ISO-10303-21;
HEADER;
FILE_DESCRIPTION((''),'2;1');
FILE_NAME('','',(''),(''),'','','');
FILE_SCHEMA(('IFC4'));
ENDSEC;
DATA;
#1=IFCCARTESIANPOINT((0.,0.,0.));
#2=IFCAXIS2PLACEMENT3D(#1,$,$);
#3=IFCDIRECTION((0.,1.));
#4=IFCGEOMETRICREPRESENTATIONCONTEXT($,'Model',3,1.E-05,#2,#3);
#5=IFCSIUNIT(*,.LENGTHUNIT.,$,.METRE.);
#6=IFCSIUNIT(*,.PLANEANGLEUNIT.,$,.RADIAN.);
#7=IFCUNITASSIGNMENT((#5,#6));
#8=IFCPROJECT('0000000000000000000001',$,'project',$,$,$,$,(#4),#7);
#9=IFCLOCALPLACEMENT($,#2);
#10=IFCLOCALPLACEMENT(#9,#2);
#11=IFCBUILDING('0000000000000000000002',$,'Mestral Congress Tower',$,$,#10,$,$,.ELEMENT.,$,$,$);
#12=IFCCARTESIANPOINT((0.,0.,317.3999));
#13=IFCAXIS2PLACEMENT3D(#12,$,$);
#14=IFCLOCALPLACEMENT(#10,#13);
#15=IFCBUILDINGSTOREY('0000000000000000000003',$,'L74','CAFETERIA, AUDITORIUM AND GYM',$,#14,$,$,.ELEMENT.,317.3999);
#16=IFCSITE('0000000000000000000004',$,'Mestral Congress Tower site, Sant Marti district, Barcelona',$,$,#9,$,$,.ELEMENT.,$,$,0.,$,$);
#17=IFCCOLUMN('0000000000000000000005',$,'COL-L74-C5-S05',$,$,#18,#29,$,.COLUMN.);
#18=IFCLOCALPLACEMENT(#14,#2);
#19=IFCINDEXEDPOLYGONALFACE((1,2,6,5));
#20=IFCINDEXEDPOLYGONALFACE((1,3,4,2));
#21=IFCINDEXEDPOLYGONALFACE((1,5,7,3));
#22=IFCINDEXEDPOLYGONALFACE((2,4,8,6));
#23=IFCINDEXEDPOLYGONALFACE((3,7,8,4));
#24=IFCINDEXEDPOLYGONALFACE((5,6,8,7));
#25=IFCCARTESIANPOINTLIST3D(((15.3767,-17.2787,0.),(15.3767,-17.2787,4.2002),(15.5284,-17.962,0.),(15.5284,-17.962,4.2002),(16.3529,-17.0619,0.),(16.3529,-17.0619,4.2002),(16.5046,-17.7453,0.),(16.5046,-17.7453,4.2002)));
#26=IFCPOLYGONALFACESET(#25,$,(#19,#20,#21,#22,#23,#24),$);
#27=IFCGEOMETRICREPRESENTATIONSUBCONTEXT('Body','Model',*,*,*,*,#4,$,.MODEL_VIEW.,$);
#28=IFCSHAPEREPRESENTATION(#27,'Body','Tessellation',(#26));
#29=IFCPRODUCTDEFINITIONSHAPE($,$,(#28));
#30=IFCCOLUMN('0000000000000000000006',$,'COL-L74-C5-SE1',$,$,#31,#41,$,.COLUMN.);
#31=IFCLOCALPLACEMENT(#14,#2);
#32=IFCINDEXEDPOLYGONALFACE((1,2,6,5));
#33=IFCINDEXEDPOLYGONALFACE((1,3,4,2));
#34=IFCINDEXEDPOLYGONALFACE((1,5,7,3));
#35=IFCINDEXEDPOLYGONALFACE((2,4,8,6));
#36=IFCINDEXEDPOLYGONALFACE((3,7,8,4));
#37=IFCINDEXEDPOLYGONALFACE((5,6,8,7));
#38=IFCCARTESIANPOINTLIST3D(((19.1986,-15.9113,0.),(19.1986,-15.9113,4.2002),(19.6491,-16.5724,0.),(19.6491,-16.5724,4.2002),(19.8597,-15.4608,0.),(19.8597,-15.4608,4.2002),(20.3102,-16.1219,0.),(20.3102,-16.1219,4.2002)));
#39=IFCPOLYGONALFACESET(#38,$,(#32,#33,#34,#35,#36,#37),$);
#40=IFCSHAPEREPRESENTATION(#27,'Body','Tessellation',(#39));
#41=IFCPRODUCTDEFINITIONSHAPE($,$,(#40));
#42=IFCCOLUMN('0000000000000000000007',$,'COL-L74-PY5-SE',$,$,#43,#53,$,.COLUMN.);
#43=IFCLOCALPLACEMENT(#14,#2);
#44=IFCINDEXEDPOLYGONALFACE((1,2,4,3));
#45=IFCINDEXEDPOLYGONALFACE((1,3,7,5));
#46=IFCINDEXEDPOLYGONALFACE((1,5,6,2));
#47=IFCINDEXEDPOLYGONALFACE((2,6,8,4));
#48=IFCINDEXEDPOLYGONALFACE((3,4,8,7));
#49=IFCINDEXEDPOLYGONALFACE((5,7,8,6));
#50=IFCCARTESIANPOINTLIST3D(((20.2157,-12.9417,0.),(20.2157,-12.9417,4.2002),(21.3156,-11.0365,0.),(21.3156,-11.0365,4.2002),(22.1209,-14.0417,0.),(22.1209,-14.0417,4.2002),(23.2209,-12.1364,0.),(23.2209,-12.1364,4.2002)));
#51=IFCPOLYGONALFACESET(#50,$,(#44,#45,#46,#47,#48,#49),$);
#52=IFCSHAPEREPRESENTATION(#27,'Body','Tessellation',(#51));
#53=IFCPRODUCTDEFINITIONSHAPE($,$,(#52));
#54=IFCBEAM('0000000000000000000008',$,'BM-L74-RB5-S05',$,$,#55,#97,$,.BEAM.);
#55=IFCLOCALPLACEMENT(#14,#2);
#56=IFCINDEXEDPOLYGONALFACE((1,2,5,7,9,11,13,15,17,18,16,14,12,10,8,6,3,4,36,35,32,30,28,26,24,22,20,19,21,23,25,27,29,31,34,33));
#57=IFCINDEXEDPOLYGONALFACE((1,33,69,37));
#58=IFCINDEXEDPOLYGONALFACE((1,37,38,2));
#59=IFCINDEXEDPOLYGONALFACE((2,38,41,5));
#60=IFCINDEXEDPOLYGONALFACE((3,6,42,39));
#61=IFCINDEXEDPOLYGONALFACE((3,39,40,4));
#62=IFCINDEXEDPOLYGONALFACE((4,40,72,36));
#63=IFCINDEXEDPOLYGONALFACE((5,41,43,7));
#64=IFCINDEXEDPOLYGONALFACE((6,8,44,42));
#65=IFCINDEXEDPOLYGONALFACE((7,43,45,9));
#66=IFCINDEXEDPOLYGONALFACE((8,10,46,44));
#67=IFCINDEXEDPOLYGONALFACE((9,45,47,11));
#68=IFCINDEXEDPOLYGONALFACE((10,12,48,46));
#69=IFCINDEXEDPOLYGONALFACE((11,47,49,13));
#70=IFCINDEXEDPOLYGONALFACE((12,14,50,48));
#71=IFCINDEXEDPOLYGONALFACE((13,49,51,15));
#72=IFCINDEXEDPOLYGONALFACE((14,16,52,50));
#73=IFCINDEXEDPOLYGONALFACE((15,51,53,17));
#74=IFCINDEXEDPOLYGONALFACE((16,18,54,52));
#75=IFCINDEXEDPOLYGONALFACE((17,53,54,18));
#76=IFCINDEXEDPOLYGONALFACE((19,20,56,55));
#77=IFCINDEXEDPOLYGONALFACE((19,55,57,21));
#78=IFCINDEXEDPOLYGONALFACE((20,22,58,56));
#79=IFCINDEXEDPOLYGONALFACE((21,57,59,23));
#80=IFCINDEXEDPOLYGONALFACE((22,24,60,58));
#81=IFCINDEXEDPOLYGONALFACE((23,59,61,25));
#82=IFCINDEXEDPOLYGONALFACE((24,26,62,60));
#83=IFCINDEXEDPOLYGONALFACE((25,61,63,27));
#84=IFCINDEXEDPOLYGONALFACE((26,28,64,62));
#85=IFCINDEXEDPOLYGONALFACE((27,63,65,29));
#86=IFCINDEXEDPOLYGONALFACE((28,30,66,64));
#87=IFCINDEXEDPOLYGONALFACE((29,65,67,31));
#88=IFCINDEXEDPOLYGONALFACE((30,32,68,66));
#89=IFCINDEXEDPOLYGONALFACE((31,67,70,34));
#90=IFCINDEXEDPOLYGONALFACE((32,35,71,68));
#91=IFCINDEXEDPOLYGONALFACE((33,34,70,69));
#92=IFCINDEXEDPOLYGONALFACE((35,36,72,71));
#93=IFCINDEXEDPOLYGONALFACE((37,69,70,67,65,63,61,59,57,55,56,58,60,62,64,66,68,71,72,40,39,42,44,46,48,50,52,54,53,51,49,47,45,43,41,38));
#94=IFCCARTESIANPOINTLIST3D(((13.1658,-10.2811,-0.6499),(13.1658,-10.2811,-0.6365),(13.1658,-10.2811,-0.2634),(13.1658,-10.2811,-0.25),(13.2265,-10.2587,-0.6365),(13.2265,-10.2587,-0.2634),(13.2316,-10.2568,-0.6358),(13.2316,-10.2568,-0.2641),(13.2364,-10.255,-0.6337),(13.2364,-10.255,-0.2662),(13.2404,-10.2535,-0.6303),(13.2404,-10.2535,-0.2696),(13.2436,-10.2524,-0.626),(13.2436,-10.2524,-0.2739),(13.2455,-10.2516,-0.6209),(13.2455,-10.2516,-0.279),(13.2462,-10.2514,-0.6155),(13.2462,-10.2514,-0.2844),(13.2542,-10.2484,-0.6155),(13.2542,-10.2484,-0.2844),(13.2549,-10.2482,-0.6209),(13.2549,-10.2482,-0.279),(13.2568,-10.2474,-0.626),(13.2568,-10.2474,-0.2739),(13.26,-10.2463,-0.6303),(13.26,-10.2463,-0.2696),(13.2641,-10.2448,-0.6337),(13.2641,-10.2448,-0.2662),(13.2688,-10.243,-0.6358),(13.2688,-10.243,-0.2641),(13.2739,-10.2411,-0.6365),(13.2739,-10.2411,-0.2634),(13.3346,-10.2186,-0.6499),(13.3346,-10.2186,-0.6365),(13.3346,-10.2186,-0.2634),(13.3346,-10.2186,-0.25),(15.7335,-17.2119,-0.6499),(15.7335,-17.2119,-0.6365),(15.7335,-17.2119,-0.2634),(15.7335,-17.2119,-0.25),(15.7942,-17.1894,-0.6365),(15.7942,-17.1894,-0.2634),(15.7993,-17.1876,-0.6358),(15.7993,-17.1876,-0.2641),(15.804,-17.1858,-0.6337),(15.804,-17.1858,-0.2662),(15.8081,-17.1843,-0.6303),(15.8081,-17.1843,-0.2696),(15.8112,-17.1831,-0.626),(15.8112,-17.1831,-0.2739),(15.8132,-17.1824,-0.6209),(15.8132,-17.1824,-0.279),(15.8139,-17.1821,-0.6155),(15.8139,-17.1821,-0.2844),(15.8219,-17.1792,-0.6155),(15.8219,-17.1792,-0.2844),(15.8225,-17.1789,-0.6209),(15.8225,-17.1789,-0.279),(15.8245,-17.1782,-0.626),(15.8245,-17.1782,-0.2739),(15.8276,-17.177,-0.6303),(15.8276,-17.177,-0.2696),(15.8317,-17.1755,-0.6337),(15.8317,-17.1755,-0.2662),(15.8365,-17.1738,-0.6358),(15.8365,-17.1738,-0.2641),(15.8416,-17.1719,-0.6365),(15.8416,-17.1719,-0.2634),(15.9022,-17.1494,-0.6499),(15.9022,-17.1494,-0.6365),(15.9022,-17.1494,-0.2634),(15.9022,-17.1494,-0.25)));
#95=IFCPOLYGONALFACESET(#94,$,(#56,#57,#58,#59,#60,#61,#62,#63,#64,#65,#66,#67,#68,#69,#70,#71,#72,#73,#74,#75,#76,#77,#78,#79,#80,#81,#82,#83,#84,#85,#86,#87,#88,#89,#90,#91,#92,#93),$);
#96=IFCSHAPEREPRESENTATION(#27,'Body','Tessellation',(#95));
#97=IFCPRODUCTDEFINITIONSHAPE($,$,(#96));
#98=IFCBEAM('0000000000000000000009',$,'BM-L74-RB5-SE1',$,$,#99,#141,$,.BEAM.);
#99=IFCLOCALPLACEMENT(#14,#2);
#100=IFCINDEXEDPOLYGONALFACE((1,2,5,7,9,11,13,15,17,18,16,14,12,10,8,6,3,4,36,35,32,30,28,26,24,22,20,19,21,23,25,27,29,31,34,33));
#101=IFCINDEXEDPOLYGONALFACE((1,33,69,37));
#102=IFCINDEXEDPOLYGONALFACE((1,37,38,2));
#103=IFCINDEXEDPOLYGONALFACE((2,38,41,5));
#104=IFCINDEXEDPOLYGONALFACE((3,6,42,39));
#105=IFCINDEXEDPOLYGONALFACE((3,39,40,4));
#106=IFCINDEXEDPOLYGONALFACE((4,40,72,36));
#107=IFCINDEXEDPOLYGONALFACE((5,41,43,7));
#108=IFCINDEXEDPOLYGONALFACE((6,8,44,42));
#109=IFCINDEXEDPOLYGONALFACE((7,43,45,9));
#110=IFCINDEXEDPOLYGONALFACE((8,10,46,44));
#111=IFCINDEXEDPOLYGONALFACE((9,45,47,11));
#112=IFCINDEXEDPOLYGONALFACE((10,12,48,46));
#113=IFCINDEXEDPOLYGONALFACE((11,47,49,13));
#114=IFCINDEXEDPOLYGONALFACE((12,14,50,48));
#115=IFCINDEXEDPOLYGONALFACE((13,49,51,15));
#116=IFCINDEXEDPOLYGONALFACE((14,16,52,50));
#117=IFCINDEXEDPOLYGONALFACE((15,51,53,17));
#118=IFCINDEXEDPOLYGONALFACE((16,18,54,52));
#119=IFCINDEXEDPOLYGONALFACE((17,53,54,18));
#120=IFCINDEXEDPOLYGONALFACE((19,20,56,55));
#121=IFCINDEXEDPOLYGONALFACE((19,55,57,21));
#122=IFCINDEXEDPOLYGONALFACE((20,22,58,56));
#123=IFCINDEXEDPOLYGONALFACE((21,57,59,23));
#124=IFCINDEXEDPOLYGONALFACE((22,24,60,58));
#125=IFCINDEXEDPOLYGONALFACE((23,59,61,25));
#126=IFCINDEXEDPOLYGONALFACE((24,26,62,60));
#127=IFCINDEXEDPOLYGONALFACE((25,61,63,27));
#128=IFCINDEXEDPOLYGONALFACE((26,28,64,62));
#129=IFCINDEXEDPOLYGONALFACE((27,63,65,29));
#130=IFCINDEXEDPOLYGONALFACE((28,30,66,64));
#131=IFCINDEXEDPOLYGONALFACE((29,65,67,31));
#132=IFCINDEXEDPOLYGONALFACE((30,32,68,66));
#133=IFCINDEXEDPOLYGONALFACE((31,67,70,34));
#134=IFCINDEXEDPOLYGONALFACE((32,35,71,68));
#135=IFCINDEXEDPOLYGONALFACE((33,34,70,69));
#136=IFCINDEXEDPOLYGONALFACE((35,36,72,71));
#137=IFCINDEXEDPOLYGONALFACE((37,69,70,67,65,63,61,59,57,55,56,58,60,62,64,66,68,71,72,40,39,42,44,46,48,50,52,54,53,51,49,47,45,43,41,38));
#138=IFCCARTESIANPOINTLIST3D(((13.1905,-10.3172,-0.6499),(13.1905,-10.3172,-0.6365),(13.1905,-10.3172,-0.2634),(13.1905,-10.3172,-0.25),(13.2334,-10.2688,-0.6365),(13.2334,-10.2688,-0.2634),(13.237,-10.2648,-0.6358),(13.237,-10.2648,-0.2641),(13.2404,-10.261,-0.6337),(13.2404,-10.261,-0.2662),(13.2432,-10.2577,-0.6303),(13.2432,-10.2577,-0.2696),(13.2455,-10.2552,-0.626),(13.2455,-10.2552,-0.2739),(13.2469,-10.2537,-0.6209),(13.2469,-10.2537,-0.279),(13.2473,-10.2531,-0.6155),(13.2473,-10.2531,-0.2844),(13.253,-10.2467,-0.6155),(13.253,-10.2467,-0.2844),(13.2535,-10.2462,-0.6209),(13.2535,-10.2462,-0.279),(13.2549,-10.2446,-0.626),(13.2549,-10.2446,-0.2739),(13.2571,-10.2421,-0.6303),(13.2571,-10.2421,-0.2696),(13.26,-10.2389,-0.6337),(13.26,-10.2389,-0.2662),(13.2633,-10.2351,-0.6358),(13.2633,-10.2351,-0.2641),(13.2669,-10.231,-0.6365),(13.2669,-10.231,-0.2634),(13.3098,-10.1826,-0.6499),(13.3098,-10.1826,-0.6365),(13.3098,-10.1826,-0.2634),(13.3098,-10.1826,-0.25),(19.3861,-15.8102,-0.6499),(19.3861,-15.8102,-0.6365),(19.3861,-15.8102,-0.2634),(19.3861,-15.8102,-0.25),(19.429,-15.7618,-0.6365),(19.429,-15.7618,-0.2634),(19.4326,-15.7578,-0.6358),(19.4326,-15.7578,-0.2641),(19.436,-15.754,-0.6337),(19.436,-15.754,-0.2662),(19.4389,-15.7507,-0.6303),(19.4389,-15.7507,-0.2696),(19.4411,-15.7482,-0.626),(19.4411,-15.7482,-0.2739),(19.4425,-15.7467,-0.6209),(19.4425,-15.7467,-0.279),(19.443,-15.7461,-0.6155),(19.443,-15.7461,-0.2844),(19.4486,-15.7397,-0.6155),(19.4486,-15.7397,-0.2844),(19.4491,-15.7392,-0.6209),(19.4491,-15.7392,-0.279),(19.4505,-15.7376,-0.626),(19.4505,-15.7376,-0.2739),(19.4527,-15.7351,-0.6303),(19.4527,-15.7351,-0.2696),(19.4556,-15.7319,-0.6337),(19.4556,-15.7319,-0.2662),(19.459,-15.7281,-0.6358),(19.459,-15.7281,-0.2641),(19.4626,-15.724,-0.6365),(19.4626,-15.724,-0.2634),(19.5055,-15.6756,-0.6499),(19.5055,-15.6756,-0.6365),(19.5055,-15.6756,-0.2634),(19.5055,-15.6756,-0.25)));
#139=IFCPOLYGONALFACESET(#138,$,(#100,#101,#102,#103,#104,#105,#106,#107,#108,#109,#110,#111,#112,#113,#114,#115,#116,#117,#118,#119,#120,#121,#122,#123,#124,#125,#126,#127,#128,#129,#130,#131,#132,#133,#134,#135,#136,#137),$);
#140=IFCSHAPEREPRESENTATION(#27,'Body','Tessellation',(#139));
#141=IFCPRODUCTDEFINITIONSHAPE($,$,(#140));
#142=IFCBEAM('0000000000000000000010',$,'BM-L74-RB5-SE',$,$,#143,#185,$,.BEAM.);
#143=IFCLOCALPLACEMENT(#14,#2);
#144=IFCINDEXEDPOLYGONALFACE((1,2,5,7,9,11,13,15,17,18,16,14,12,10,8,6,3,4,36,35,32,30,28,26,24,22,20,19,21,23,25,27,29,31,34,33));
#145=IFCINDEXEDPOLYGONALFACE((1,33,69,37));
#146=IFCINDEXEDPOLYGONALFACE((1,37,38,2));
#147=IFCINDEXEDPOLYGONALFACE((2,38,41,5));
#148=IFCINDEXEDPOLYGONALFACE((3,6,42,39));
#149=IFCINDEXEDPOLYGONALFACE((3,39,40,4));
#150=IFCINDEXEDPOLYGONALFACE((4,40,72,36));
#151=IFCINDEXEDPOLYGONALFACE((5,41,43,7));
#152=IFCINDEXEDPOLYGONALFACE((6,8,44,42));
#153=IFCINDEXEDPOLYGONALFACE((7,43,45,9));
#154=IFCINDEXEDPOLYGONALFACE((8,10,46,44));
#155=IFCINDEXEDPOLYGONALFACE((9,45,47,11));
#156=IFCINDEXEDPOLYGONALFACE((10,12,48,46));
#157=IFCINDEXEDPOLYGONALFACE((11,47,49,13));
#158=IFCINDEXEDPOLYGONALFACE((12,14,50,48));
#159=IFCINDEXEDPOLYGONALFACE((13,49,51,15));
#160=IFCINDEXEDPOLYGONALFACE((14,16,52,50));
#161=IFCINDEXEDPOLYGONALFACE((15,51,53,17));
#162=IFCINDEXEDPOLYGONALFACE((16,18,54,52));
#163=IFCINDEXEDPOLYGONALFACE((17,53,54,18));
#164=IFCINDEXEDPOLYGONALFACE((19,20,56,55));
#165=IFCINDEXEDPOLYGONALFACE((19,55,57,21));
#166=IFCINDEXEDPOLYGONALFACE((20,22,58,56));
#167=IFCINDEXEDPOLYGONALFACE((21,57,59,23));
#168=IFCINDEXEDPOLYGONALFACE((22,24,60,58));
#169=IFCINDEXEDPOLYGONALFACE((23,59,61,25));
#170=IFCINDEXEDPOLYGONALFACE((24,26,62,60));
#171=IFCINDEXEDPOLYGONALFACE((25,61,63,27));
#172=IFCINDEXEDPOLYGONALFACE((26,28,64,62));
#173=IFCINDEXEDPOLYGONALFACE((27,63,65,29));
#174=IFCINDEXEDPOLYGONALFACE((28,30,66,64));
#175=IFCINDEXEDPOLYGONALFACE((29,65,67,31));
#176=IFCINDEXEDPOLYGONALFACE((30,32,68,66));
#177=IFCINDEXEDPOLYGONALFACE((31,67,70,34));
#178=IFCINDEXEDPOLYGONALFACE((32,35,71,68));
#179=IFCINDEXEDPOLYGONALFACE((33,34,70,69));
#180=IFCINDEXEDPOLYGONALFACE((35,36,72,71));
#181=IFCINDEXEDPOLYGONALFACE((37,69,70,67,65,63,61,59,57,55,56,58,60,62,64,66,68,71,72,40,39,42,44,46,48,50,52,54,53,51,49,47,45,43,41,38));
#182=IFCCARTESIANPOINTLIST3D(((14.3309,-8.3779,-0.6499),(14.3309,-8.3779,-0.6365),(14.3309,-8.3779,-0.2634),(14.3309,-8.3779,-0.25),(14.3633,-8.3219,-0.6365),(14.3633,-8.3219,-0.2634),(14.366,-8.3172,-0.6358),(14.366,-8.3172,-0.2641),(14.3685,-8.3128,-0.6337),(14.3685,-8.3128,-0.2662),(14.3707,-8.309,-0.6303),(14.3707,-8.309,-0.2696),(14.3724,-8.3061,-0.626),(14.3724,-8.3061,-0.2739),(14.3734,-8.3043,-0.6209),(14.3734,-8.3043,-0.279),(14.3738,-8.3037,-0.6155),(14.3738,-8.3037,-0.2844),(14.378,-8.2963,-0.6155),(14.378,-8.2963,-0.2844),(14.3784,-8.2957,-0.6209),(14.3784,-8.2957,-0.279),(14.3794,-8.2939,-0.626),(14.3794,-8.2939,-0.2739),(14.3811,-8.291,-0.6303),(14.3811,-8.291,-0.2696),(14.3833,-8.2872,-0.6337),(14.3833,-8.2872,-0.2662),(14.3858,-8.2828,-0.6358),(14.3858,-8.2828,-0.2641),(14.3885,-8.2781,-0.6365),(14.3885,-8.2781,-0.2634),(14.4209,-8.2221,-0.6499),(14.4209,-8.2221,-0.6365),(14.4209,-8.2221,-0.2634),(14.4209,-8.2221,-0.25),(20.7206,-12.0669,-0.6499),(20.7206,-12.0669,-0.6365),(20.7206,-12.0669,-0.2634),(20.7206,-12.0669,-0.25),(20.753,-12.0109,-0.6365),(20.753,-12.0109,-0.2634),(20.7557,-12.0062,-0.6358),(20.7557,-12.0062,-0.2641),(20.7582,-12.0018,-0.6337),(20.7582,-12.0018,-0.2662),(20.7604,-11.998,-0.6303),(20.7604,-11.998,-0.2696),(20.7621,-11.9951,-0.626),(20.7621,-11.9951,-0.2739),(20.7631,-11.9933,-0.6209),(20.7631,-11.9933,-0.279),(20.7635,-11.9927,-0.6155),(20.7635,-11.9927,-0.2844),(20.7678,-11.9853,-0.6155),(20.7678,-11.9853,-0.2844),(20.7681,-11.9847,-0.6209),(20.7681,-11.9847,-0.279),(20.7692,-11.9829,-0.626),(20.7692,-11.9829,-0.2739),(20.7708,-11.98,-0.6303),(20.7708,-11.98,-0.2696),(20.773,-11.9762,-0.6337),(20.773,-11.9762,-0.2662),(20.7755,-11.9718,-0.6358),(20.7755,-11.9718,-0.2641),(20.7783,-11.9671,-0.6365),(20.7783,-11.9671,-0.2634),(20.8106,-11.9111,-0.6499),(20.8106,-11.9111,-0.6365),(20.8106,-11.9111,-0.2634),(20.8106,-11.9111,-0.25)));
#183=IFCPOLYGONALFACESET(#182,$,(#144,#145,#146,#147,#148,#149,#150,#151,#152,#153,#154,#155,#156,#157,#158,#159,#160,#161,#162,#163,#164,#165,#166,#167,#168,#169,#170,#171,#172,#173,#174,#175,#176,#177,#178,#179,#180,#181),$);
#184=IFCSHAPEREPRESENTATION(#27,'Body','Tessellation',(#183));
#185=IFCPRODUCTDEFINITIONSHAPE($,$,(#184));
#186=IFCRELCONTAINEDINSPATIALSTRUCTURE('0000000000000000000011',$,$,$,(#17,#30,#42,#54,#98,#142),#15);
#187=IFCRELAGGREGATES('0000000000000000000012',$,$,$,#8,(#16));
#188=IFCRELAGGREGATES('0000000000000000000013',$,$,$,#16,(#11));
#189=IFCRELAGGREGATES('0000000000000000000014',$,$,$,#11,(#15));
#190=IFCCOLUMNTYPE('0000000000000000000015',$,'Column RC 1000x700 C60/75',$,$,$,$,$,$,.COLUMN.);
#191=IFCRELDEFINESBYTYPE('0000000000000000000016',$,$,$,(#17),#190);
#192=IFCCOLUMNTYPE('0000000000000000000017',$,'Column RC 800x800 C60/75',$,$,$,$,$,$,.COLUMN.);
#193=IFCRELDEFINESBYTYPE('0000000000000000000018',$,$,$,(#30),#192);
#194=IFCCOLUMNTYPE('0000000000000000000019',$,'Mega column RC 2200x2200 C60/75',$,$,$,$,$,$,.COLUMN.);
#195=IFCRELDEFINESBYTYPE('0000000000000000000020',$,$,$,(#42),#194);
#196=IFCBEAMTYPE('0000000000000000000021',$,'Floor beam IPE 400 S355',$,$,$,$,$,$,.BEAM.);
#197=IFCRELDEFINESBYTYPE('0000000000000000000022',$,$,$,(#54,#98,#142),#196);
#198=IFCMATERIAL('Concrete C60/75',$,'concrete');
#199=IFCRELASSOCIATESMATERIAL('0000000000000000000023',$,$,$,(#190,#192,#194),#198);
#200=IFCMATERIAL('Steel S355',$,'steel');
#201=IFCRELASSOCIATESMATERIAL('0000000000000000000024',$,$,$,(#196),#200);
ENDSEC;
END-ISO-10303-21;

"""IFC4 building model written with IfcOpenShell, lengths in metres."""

from ifc_helpers import new_model, si_unit, direction, frame, origin, origin_2d, place, context, subcontext, project, spatial, rectangle, i_section, extrude, material, material_profile, profile_set, type_object, element, save


model = new_model("IFC4")

# Units and contexts
model_context = context("Model", 3, precision=1e-05, world=origin(), true_north=direction((0.0, 1.0)))
body_context = subcontext(model_context, "Body", "Model", "MODEL_VIEW")
ifc_project = project(units=[si_unit("LENGTHUNIT", "METRE"), si_unit("PLANEANGLEUNIT", "RADIAN")], contexts=[model_context])

# Site, building, storey
site_placement = place(None, origin())
site = spatial("IfcSite", under=ifc_project, at=site_placement, Name="Mestral Congress Tower site, Sant Marti district, Barcelona", CompositionType="ELEMENT", RefElevation=0.0)
building_placement = place(site_placement, origin())
building = spatial("IfcBuilding", under=site, at=building_placement, Name="Mestral Congress Tower", CompositionType="ELEMENT")
storey_placement = place(building_placement, frame((0.0, 0.0, 317.3999)))
storey = spatial("IfcBuildingStorey", under=building, at=storey_placement, Name="L74", Description="CAFETERIA, AUDITORIUM AND GYM", CompositionType="ELEMENT", Elevation=317.3999)

# Columns
ifc_material_1 = material(Name="Concrete C60/75", Category="concrete")
ifc_material_profile_1 = material_profile(ifc_material_1, rectangle(XDim=1.0, YDim=0.7, at=origin_2d()), Name="RC 1000x700")
ifc_profile_set_1 = profile_set([ifc_material_profile_1], Name="Concrete C60/75")
column_type_1 = type_object("IfcColumnType", Name="Column RC 1000x700 C60/75", PredefinedType="COLUMN", material=ifc_profile_set_1)
column_1_placement = place(storey_placement, frame((15.9407, -17.512, 0.0), z_axis=(0.0, 0.0, 1.0), x_axis=(0.976234, 0.216721, 0.0)))
element("IfcColumn", 1, at=column_1_placement, inside=storey, type_object=column_type_1, Name="COL-L74-C5-S05", PredefinedType="COLUMN", context=body_context, shape_type="SweptSolid", body=[
    extrude(rectangle(XDim=1.0, YDim=0.7, at=origin_2d()), origin(), (0.0, 0.0, 1.0), 4.2002),
])
ifc_material_profile_2 = material_profile(ifc_material_1, rectangle(XDim=0.8, YDim=0.8, at=origin_2d()), Name="RC 800x800")
ifc_profile_set_2 = profile_set([ifc_material_profile_2], Name="Concrete C60/75")
column_type_2 = type_object("IfcColumnType", Name="Column RC 800x800 C60/75", PredefinedType="COLUMN", material=ifc_profile_set_2)
column_2_placement = place(storey_placement, frame((19.7544, -16.0166, 0.0), z_axis=(0.0, 0.0, 1.0), x_axis=(0.826363, 0.563138, 0.0)))
element("IfcColumn", 2, at=column_2_placement, inside=storey, type_object=column_type_2, Name="COL-L74-C5-SE1", PredefinedType="COLUMN", context=body_context, shape_type="SweptSolid", body=[
    extrude(rectangle(XDim=0.8, YDim=0.8, at=origin_2d()), origin(), (0.0, 0.0, 1.0), 4.2002),
])
ifc_material_profile_3 = material_profile(ifc_material_1, rectangle(XDim=2.2, YDim=2.2, at=origin_2d()), Name="RC 2200x2200")
ifc_profile_set_3 = profile_set([ifc_material_profile_3], Name="Concrete C60/75")
column_type_3 = type_object("IfcColumnType", Name="Mega column RC 2200x2200 C60/75", PredefinedType="COLUMN", material=ifc_profile_set_3)
column_3_placement = place(storey_placement, frame((21.7183, -12.5391, 0.0), z_axis=(0.0, 0.0, 1.0), x_axis=(0.866025, -0.5, 0.0)))
element("IfcColumn", 3, at=column_3_placement, inside=storey, type_object=column_type_3, Name="COL-L74-PY5-SE", PredefinedType="COLUMN", context=body_context, shape_type="SweptSolid", body=[
    extrude(rectangle(XDim=2.2, YDim=2.2, at=origin_2d()), origin(), (0.0, 0.0, 1.0), 4.2002),
])

# Beams
ifc_material_2 = material(Name="Steel S355", Category="steel")
ifc_material_profile_4 = material_profile(ifc_material_2, i_section(OverallWidth=0.1799, OverallDepth=0.3999, WebThickness=0.0085, FlangeThickness=0.0134, FilletRadius=0.021, at=origin_2d()), Name="IPE 400")
ifc_profile_set_4 = profile_set([ifc_material_profile_4], Name="Steel S355")
beam_type_1 = type_object("IfcBeamType", Name="Floor beam IPE 400 S355", PredefinedType="BEAM", material=ifc_profile_set_4)
beam_1_placement = place(storey_placement, frame((15.8179, -17.1807, -0.45), z_axis=(-0.347399, 0.937717, 0.0), x_axis=(-0.937717, -0.347399, 0.0)))
element("IfcBeam", 4, at=beam_1_placement, inside=storey, type_object=beam_type_1, Name="BM-L74-RB5-S05", PredefinedType="BEAM", context=body_context, shape_type="SweptSolid", body=[
    extrude(i_section(OverallWidth=0.1799, OverallDepth=0.3999, WebThickness=0.0085, FlangeThickness=0.0134, FilletRadius=0.021, at=origin_2d()), origin(), (0.0, 0.0, 1.0), 7.3911),
])
beam_2_placement = place(storey_placement, frame((19.4458, -15.7429, -0.45), z_axis=(-0.748263, 0.663402, 0.0), x_axis=(-0.663402, -0.748263, 0.0)))
element("IfcBeam", 5, at=beam_2_placement, inside=storey, type_object=beam_type_1, Name="BM-L74-RB5-SE1", PredefinedType="BEAM", context=body_context, shape_type="SweptSolid", body=[
    extrude(i_section(OverallWidth=0.1799, OverallDepth=0.3999, WebThickness=0.0085, FlangeThickness=0.0134, FilletRadius=0.021, at=origin_2d()), origin(), (0.0, 0.0, 1.0), 8.28),
])
beam_3_placement = place(storey_placement, frame((20.7656, -11.989, -0.45), z_axis=(-0.866031, 0.49999, 0.0), x_axis=(-0.49999, -0.866031, 0.0)))
element("IfcBeam", 6, at=beam_3_placement, inside=storey, type_object=beam_type_1, Name="BM-L74-RB5-SE", PredefinedType="BEAM", context=body_context, shape_type="SweptSolid", body=[
    extrude(i_section(OverallWidth=0.1799, OverallDepth=0.3999, WebThickness=0.0085, FlangeThickness=0.0134, FilletRadius=0.021, at=origin_2d()), origin(), (0.0, 0.0, 1.0), 7.3782),
])

save(model, "model.ifc")
